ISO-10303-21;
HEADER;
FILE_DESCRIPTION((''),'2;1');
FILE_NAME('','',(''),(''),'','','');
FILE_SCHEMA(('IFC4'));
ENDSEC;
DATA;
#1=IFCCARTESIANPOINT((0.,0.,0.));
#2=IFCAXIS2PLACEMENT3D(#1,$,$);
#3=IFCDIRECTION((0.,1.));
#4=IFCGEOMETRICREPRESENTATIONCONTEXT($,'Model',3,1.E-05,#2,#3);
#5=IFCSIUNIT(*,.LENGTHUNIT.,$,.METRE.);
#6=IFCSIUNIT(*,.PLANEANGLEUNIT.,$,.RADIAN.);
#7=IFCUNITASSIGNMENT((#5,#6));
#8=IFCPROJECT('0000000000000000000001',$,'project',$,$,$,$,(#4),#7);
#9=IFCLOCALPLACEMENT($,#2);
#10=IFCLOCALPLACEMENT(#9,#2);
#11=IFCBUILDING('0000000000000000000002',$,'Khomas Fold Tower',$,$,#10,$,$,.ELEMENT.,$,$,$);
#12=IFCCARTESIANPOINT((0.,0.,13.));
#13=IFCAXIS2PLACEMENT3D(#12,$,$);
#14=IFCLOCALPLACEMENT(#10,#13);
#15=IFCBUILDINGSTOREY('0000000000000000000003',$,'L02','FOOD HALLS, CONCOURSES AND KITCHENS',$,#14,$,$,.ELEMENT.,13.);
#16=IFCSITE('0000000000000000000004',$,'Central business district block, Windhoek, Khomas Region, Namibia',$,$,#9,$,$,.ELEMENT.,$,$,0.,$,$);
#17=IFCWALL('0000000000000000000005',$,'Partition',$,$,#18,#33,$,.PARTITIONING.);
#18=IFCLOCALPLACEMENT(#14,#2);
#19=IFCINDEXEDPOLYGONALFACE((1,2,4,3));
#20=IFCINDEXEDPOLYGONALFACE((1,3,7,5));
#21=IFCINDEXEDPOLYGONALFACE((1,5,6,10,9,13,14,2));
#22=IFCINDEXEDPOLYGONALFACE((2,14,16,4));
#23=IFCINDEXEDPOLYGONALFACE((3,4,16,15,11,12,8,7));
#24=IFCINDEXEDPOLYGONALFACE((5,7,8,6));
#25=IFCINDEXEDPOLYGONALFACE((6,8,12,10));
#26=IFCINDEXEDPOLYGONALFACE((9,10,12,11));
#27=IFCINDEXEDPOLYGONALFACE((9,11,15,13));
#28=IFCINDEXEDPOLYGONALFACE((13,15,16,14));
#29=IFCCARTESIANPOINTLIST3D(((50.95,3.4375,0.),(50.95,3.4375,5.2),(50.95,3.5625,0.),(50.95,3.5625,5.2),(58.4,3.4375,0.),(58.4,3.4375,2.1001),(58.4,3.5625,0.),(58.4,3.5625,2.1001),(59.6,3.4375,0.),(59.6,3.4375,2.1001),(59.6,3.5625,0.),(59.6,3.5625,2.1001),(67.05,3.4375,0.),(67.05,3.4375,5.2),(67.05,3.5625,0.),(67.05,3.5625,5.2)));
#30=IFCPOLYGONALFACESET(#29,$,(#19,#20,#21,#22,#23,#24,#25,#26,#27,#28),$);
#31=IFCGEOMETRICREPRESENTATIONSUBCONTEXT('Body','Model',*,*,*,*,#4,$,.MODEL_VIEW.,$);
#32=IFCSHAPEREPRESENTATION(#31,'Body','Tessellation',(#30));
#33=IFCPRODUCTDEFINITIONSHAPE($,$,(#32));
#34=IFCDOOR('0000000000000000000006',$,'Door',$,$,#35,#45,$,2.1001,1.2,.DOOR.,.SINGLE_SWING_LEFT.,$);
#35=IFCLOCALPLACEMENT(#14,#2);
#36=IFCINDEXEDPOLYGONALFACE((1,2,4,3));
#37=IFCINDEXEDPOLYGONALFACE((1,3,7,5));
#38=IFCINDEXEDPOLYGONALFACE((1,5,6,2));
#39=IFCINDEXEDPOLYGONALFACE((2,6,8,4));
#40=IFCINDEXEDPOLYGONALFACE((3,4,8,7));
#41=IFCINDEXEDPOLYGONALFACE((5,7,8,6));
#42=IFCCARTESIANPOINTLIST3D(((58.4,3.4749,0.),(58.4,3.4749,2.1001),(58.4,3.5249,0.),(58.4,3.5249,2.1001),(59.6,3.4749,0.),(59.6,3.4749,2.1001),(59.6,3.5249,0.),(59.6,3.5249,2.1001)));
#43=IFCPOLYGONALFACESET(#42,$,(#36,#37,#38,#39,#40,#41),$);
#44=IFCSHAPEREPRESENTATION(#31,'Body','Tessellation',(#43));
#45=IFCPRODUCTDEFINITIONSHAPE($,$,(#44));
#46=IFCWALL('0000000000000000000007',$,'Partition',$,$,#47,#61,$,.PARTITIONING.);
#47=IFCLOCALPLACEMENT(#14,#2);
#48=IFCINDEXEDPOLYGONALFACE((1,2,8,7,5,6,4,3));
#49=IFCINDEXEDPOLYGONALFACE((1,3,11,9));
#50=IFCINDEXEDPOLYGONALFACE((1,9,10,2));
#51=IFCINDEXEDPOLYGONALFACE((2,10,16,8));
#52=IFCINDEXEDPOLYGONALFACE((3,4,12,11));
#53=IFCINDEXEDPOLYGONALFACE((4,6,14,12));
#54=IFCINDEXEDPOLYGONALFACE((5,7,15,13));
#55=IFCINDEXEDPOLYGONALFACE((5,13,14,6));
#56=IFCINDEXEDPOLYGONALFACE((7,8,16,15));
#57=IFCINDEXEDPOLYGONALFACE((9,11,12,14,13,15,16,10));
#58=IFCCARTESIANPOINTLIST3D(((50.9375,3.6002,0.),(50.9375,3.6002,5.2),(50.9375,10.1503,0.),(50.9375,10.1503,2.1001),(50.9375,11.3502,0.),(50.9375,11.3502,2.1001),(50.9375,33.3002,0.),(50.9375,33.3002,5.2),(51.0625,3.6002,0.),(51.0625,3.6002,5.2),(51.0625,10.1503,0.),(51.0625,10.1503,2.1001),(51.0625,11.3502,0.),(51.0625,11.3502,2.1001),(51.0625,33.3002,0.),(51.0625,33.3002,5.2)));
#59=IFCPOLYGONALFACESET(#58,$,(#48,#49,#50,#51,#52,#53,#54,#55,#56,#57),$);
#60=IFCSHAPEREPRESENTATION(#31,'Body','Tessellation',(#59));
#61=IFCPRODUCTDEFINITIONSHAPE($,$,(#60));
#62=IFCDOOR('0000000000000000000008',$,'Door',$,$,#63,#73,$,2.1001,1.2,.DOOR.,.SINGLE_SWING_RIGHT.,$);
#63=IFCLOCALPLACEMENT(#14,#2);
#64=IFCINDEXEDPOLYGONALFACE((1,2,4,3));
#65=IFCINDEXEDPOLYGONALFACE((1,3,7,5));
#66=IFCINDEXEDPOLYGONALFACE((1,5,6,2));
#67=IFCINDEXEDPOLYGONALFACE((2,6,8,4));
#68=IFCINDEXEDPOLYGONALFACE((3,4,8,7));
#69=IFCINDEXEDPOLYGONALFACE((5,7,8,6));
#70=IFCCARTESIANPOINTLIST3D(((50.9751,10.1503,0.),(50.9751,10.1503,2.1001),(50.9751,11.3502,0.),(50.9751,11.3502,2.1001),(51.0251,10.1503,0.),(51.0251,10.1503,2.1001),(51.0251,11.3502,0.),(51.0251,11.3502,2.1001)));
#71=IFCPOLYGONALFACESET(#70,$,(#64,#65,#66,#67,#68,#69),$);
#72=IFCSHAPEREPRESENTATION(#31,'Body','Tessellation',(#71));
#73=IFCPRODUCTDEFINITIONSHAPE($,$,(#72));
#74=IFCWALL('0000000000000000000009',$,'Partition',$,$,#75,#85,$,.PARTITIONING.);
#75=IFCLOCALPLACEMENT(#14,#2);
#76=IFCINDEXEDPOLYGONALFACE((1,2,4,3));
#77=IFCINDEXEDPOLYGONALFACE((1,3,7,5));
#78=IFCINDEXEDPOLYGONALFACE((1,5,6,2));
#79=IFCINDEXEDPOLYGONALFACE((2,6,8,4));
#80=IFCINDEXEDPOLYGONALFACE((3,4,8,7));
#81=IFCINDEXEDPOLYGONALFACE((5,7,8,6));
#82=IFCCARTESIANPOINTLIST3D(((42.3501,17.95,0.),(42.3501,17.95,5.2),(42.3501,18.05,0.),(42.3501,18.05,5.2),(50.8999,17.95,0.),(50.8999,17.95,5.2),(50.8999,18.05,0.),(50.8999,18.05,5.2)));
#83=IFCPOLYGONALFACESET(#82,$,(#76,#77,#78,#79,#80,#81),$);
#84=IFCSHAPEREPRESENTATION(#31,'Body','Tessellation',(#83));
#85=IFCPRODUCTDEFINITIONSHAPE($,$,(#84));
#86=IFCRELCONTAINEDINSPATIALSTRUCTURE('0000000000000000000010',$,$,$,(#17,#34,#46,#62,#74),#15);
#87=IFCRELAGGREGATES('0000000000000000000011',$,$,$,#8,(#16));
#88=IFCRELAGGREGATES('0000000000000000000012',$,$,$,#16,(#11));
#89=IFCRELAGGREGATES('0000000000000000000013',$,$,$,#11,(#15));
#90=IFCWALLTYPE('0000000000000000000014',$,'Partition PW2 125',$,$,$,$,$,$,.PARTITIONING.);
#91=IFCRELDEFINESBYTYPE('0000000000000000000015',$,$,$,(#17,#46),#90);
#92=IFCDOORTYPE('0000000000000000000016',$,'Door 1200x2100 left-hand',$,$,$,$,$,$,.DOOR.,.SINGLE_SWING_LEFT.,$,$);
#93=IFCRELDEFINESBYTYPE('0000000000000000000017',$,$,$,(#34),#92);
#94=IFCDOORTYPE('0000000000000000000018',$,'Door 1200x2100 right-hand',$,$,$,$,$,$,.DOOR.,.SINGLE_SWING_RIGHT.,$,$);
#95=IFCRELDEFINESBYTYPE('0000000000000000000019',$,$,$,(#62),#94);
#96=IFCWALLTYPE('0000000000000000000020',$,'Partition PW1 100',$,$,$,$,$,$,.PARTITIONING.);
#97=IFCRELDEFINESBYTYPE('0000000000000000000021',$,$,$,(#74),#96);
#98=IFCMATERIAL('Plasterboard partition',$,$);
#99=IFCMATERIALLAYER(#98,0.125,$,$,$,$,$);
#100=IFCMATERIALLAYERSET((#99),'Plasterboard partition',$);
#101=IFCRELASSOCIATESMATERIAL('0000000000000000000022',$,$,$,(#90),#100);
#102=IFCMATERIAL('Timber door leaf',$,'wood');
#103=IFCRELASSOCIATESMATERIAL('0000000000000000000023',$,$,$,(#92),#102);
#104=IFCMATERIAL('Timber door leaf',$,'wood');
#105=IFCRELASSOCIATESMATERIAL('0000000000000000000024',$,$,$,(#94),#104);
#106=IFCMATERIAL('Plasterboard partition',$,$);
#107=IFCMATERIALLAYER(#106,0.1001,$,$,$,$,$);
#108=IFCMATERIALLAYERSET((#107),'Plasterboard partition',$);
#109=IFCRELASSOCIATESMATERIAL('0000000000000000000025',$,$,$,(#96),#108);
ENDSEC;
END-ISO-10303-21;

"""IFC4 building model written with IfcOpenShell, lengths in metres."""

from ifc_helpers import new_model, si_unit, direction, frame, frame_2d, origin, place, context, subcontext, project, spatial, rectangle, extrude, source, transform, mapped, material, layer, layer_set, type_object, element, fill, save


model = new_model("IFC4")

# Units and contexts
model_context = context("Model", 3, precision=1e-05, world=origin(), true_north=direction((0.0, 1.0)))
body_context = subcontext(model_context, "Body", "Model", "MODEL_VIEW")
ifc_project = project(units=[si_unit("LENGTHUNIT", "METRE"), si_unit("PLANEANGLEUNIT", "RADIAN")], contexts=[model_context])

# Site, building, storey
site_placement = place(None, origin())
site = spatial("IfcSite", under=ifc_project, at=site_placement, Name="Central business district block, Windhoek, Khomas Region, Namibia", CompositionType="ELEMENT", RefElevation=0.0)
building_placement = place(site_placement, origin())
building = spatial("IfcBuilding", under=site, at=building_placement, Name="Khomas Fold Tower", CompositionType="ELEMENT")
storey_placement = place(building_placement, frame((0.0, 0.0, 13.0)))
storey = spatial("IfcBuildingStorey", under=building, at=storey_placement, Name="L02", Description="FOOD HALLS, CONCOURSES AND KITCHENS", CompositionType="ELEMENT", Elevation=13.0)

# Walls, openings, doors
ifc_material_1 = material(Name="Plasterboard partition")
ifc_layer_1 = layer(ifc_material_1, 0.125)
ifc_layer_set_1 = layer_set([ifc_layer_1], Name="Plasterboard partition")
wall_type_1 = type_object("IfcWallType", Name="Partition PW2 125", PredefinedType="PARTITIONING", material=ifc_layer_set_1)
shared_shape_1 = source(origin(), body_context, "Body", "SweptSolid", [
    extrude(rectangle(XDim=16.1001, YDim=0.125, at=frame_2d((8.05, 0.0))), origin(), (0.0, 0.0, 1.0), 5.2),
])
wall_1_placement = place(storey_placement, frame((50.95, 3.5, 0.0), z_axis=(0.0, 0.0, 1.0), x_axis=(1.0, 0.0, 0.0)))
wall_1 = element("IfcWall", 1, at=wall_1_placement, inside=storey, type_object=wall_type_1, Name="Partition", PredefinedType="PARTITIONING", context=body_context, shape_type="MappedRepresentation", body=[
    mapped(shared_shape_1, transform((0.0, 0.0, 0.0))),
])
shared_shape_2 = source(origin(), body_context, "Body", "SweptSolid", [
    extrude(rectangle(XDim=1.2, YDim=2.1001, at=frame_2d((0.6001, 1.05))), frame((0.0, 0.0725, 0.0), z_axis=(0.0, -1.0, 0.0), x_axis=(1.0, 0.0, 0.0)), (0.0, 0.0, 1.0), 0.145),
])
opening_1_placement = place(wall_1_placement, frame((7.45, 0.0, 0.0)))
opening_1 = element("IfcOpeningElement", 2, at=opening_1_placement, cuts=wall_1, PredefinedType="OPENING", context=body_context, shape_type="MappedRepresentation", body=[
    mapped(shared_shape_2, transform((0.0, 0.0, 0.0))),
])
ifc_material_2 = material(Name="Timber door leaf", Category="wood")
door_type_1 = type_object("IfcDoorType", Name="Door 1200x2100 left-hand", OperationType="SINGLE_SWING_LEFT", PredefinedType="DOOR", material=ifc_material_2)
shared_shape_3 = source(origin(), body_context, "Body", "SweptSolid", [
    extrude(rectangle(XDim=1.2, YDim=2.1001, at=frame_2d((0.6001, 1.05))), frame((0.0, 0.0249, 0.0), z_axis=(0.0, -1.0, 0.0), x_axis=(1.0, 0.0, 0.0)), (0.0, 0.0, 1.0), 0.05),
])
door_1_placement = place(opening_1_placement, origin())
door_1 = element("IfcDoor", 3, at=door_1_placement, inside=storey, type_object=door_type_1, Name="Door", OperationType="SINGLE_SWING_LEFT", OverallHeight=2.1001, OverallWidth=1.2, PredefinedType="DOOR", context=body_context, shape_type="MappedRepresentation", body=[
    mapped(shared_shape_3, transform((0.0, 0.0, 0.0))),
])
fill(opening_1, door_1)
shared_shape_4 = source(origin(), body_context, "Body", "SweptSolid", [
    extrude(rectangle(XDim=29.7, YDim=0.125, at=frame_2d((14.8501, 0.0))), origin(), (0.0, 0.0, 1.0), 5.2),
])
wall_2_placement = place(storey_placement, frame((51.0, 3.6001, 0.0), z_axis=(0.0, 0.0, 1.0), x_axis=(0.0, 1.0, 0.0)))
wall_2 = element("IfcWall", 4, at=wall_2_placement, inside=storey, type_object=wall_type_1, Name="Partition", PredefinedType="PARTITIONING", context=body_context, shape_type="MappedRepresentation", body=[
    mapped(shared_shape_4, transform((0.0, 0.0, 0.0))),
])
opening_2_placement = place(wall_2_placement, frame((6.55, 0.0, 0.0)))
opening_2 = element("IfcOpeningElement", 5, at=opening_2_placement, cuts=wall_2, PredefinedType="OPENING", context=body_context, shape_type="MappedRepresentation", body=[
    mapped(shared_shape_2, transform((0.0, 0.0, 0.0))),
])
ifc_material_3 = material(Name="Timber door leaf", Category="wood")
door_type_2 = type_object("IfcDoorType", Name="Door 1200x2100 right-hand", OperationType="SINGLE_SWING_RIGHT", PredefinedType="DOOR", material=ifc_material_3)
door_2_placement = place(opening_2_placement, origin())
door_2 = element("IfcDoor", 6, at=door_2_placement, inside=storey, type_object=door_type_2, Name="Door", OperationType="SINGLE_SWING_RIGHT", OverallHeight=2.1001, OverallWidth=1.2, PredefinedType="DOOR", context=body_context, shape_type="MappedRepresentation", body=[
    mapped(shared_shape_3, transform((0.0, 0.0, 0.0))),
])
fill(opening_2, door_2)

# Wall
ifc_material_4 = material(Name="Plasterboard partition")
ifc_layer_2 = layer(ifc_material_4, 0.1001)
ifc_layer_set_2 = layer_set([ifc_layer_2], Name="Plasterboard partition")
wall_type_2 = type_object("IfcWallType", Name="Partition PW1 100", PredefinedType="PARTITIONING", material=ifc_layer_set_2)
shared_shape_5 = source(origin(), body_context, "Body", "SweptSolid", [
    extrude(rectangle(XDim=8.5498, YDim=0.1001, at=frame_2d((4.2749, 0.0))), origin(), (0.0, 0.0, 1.0), 5.2),
])
wall_3_placement = place(storey_placement, frame((42.3501, 18.0, 0.0), z_axis=(0.0, 0.0, 1.0), x_axis=(1.0, 0.0, 0.0)))
element("IfcWall", 7, at=wall_3_placement, inside=storey, type_object=wall_type_2, Name="Partition", PredefinedType="PARTITIONING", context=body_context, shape_type="MappedRepresentation", body=[
    mapped(shared_shape_5, transform((0.0, 0.0, 0.0))),
])

save(model, "model.ifc")
